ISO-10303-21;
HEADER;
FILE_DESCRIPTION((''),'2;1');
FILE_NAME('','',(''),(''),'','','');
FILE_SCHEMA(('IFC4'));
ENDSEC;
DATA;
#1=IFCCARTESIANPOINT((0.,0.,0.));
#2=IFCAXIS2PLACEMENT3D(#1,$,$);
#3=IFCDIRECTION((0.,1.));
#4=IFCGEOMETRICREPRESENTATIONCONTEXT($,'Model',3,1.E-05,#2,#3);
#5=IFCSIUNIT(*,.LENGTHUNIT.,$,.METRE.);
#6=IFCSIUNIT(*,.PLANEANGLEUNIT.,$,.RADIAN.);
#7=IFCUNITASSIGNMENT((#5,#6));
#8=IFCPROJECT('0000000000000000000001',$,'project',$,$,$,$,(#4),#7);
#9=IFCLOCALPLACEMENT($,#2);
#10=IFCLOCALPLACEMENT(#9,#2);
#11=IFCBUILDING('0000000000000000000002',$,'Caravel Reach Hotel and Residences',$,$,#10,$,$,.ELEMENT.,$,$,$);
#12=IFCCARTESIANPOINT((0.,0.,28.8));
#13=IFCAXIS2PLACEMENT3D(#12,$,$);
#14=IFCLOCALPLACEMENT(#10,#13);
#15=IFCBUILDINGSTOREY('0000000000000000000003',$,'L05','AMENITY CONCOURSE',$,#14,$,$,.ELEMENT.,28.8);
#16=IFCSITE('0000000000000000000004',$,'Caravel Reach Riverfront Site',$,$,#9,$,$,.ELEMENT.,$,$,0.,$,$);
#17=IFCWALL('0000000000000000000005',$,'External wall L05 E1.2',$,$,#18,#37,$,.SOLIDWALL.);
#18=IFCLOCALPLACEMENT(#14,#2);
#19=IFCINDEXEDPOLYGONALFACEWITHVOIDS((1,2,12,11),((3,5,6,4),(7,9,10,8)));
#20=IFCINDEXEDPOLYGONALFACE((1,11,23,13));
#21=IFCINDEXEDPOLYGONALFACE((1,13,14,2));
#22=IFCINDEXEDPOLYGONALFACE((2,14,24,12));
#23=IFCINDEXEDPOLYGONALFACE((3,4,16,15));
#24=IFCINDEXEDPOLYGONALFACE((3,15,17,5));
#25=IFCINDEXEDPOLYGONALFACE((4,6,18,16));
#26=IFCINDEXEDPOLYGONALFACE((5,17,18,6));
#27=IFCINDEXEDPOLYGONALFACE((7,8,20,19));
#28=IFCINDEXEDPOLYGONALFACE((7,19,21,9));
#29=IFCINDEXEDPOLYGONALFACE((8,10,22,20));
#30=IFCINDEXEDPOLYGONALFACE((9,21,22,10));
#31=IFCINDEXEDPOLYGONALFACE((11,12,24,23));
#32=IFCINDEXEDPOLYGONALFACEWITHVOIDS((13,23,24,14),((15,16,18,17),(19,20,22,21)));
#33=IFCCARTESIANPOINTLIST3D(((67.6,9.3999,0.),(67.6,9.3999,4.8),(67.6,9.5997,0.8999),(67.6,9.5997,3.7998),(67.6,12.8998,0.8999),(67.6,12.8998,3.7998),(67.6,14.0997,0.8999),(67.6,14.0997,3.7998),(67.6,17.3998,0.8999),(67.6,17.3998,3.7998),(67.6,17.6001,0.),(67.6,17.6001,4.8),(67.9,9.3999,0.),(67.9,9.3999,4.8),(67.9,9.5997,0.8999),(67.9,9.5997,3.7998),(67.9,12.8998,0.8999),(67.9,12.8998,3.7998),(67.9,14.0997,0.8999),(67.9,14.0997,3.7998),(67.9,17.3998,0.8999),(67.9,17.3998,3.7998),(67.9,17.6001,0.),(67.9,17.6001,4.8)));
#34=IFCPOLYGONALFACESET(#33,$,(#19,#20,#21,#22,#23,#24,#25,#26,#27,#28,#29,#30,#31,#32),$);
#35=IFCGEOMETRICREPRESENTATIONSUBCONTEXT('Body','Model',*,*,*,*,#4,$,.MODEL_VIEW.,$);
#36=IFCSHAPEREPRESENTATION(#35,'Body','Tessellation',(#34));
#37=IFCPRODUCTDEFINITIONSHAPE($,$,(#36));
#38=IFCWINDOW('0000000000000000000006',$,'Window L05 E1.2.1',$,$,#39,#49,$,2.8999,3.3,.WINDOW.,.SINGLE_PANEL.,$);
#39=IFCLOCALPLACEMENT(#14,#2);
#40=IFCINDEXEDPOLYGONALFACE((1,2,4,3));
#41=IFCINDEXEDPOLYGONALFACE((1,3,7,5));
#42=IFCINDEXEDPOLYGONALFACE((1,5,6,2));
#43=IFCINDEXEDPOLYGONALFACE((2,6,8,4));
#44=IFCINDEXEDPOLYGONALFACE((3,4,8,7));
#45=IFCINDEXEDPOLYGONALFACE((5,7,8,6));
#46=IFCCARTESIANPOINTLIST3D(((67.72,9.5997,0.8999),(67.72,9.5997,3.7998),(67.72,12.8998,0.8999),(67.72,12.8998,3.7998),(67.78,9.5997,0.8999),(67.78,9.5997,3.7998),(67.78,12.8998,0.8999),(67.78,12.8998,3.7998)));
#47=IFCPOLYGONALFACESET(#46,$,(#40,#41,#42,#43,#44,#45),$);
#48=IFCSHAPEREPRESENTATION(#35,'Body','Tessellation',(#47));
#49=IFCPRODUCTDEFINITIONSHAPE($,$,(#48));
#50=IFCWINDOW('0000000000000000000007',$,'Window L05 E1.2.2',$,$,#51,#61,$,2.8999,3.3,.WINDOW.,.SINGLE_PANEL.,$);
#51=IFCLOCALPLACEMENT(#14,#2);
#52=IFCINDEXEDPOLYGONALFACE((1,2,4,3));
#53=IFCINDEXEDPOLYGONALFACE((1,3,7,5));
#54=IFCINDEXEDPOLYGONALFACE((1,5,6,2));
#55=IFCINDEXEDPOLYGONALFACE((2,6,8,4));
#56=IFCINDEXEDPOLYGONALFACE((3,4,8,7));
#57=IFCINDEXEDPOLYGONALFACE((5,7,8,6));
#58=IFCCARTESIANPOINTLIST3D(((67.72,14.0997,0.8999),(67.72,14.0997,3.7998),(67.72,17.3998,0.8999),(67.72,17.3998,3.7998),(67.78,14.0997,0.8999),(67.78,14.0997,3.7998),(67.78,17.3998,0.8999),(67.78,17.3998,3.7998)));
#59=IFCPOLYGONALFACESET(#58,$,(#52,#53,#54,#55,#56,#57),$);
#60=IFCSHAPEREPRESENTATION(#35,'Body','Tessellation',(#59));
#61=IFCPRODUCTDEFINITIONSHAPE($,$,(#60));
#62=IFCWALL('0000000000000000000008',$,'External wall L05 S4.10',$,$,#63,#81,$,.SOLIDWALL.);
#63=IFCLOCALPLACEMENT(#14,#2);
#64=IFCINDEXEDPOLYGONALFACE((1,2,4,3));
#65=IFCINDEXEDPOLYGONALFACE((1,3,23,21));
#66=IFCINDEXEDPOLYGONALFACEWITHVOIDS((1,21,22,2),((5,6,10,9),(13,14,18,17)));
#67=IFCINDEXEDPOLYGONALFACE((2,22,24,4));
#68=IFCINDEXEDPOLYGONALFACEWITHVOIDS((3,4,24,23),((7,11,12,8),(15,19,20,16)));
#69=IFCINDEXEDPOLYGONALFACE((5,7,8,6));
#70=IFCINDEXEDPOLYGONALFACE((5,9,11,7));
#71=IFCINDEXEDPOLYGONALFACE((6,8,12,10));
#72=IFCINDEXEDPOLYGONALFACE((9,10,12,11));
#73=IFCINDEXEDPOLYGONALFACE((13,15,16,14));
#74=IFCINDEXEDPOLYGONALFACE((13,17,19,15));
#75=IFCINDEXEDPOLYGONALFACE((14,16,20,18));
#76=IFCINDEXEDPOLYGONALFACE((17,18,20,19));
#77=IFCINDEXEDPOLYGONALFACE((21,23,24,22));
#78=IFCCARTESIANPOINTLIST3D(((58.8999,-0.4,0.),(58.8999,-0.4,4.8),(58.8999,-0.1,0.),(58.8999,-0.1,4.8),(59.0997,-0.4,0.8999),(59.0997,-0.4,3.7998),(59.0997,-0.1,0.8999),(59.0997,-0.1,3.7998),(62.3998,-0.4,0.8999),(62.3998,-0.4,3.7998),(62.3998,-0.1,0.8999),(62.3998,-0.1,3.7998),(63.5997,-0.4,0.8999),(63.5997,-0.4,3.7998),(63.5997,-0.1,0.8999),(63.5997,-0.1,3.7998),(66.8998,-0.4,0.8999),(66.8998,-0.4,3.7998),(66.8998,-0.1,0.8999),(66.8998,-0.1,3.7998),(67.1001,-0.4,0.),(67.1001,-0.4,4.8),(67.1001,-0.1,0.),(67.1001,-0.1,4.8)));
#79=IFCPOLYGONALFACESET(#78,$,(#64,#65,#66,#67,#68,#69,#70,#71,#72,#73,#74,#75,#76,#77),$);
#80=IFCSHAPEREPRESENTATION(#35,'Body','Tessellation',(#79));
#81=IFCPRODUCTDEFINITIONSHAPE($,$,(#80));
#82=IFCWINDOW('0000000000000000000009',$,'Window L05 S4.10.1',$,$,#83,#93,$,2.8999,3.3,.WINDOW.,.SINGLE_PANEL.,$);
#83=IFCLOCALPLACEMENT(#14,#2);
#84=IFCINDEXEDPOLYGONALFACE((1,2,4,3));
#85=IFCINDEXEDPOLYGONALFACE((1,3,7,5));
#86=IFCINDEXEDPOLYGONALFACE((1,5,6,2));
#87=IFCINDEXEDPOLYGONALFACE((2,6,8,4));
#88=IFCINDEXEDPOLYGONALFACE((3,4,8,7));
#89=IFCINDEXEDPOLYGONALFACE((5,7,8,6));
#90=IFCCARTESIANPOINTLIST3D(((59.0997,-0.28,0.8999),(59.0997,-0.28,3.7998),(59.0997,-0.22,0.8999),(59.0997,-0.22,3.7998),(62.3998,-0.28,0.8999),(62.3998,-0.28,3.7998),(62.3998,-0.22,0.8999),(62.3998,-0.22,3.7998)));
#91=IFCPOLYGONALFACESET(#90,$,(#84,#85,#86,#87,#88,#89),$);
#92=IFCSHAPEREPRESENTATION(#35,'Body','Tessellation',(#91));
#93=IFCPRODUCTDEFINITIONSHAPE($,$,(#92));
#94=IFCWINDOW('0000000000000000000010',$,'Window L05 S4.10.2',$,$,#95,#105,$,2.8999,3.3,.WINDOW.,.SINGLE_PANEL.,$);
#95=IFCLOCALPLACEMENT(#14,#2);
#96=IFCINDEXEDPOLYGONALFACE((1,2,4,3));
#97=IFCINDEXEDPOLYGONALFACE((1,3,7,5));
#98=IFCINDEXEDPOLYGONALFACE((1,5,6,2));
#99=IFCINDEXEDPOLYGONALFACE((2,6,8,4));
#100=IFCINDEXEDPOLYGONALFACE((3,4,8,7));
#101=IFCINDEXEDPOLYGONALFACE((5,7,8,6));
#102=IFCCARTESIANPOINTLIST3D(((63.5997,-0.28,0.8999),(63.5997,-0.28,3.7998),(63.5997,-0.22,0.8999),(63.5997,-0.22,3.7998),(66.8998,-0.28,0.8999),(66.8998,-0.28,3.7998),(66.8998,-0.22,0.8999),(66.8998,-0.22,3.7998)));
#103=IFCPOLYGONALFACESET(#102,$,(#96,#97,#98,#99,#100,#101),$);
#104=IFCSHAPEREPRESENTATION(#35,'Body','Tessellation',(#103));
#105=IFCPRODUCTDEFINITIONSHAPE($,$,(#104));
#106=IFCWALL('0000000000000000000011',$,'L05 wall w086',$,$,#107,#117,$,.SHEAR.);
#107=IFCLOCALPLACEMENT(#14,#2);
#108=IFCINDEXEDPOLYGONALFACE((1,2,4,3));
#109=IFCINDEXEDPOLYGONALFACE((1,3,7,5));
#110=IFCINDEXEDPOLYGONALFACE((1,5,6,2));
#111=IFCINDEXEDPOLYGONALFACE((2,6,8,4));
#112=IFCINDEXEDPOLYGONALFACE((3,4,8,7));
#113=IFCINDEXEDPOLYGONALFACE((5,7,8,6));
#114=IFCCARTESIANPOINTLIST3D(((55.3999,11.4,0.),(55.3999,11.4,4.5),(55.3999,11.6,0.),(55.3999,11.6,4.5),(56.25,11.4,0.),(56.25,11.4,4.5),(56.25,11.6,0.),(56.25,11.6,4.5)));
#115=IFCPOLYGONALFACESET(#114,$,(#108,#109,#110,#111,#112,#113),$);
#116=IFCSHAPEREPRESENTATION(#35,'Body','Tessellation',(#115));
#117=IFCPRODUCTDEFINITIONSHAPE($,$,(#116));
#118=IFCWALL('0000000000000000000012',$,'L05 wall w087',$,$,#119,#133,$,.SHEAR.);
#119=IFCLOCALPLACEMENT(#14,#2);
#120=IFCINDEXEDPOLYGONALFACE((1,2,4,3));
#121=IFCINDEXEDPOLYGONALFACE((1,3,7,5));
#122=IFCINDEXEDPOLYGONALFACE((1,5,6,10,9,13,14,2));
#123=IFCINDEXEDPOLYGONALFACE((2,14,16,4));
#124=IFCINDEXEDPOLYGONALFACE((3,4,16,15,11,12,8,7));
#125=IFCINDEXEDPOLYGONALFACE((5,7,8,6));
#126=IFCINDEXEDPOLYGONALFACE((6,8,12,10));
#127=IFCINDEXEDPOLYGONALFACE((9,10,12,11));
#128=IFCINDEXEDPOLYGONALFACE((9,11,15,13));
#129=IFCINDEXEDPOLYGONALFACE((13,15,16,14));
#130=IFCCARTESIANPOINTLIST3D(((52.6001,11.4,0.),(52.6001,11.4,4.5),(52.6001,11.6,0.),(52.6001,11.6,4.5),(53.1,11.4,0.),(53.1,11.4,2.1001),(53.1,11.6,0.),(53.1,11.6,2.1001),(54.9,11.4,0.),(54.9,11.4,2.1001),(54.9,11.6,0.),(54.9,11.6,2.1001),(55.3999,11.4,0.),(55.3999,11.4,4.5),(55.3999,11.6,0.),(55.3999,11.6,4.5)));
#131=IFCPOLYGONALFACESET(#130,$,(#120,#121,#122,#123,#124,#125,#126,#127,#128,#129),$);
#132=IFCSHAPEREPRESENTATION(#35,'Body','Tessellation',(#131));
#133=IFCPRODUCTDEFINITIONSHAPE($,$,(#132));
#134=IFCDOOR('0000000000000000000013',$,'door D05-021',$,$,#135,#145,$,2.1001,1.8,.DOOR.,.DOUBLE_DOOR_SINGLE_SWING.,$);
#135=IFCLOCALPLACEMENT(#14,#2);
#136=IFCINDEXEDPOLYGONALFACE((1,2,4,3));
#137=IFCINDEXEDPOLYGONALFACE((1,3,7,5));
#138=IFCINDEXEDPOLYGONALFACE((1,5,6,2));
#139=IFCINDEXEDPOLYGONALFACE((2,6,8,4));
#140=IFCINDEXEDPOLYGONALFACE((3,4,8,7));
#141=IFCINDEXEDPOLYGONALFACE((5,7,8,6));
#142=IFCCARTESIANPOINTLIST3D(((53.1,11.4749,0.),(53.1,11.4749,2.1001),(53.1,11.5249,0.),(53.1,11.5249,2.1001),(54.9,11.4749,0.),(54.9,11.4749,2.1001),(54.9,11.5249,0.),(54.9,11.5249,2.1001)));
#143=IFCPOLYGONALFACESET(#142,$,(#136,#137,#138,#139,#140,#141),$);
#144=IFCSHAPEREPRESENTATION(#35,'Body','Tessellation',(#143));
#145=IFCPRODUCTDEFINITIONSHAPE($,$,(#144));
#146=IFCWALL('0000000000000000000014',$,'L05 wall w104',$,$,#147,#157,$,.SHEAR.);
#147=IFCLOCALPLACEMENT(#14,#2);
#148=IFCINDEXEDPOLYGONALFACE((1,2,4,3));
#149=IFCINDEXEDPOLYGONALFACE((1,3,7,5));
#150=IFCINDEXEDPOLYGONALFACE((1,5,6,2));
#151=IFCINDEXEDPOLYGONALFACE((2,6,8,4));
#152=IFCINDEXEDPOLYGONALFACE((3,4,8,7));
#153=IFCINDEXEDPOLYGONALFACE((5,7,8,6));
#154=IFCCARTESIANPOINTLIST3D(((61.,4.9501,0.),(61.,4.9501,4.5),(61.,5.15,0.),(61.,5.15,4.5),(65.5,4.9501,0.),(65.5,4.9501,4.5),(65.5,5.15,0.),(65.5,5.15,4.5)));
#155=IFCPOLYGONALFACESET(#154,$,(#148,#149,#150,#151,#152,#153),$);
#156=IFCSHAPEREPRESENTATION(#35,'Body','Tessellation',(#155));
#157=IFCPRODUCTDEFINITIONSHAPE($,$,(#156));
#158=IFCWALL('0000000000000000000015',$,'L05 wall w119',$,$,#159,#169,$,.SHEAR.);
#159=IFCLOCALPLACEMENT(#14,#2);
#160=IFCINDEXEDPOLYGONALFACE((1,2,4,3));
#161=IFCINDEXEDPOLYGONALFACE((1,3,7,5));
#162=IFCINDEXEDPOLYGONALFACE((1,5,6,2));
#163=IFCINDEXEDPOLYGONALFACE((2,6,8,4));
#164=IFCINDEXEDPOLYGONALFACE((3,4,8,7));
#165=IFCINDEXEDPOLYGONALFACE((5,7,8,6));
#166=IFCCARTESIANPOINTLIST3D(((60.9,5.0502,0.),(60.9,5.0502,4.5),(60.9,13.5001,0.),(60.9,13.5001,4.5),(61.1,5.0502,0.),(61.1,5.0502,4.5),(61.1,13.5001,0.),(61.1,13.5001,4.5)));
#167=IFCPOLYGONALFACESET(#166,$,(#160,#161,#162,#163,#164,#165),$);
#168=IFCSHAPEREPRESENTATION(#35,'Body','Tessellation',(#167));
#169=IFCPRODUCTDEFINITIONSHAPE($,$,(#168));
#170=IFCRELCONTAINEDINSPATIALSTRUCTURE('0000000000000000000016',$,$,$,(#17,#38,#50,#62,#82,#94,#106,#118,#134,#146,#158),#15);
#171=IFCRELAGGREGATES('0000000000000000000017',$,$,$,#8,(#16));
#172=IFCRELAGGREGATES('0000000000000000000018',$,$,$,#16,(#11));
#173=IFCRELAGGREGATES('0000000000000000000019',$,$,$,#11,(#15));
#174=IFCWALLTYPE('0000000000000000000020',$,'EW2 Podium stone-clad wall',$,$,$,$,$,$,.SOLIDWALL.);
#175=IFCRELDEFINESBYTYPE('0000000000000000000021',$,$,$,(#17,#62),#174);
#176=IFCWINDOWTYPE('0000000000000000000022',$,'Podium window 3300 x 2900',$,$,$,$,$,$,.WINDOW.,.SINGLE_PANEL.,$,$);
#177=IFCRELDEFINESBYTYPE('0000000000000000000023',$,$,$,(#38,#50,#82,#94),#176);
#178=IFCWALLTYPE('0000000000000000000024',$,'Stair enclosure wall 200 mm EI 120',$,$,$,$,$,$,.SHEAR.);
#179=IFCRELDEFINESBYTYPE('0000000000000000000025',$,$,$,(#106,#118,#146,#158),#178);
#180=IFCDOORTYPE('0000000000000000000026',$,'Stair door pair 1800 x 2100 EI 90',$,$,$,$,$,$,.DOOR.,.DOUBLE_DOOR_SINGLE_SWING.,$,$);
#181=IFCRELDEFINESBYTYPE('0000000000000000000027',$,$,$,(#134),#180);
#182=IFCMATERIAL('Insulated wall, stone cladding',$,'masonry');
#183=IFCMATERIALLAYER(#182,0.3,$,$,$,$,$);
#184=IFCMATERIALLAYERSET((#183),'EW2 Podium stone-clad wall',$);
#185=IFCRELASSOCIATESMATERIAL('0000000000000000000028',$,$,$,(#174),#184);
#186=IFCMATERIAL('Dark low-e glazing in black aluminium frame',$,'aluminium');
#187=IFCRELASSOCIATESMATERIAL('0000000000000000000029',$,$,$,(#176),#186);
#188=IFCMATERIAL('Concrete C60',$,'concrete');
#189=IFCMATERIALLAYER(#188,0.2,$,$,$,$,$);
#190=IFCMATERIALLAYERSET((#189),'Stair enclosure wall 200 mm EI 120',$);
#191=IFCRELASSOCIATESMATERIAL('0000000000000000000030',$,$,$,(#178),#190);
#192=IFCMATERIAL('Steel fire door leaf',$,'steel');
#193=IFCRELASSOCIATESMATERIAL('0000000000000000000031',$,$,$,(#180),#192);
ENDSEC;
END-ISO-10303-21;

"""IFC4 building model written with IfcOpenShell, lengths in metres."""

from ifc_helpers import new_model, si_unit, direction, frame, frame_2d, origin, place, context, subcontext, project, spatial, rectangle, extrude, material, layer, layer_set, type_object, element, fill, save


model = new_model("IFC4")

# Units and contexts
model_context = context("Model", 3, precision=1e-05, world=origin(), true_north=direction((0.0, 1.0)))
body_context = subcontext(model_context, "Body", "Model", "MODEL_VIEW")
ifc_project = project(units=[si_unit("LENGTHUNIT", "METRE"), si_unit("PLANEANGLEUNIT", "RADIAN")], contexts=[model_context])

# Site, building, storey
site_placement = place(None, origin())
site = spatial("IfcSite", under=ifc_project, at=site_placement, Name="Caravel Reach Riverfront Site", CompositionType="ELEMENT", RefElevation=0.0)
building_placement = place(site_placement, origin())
building = spatial("IfcBuilding", under=site, at=building_placement, Name="Caravel Reach Hotel and Residences", CompositionType="ELEMENT")
storey_placement = place(building_placement, frame((0.0, 0.0, 28.8)))
storey = spatial("IfcBuildingStorey", under=building, at=storey_placement, Name="L05", Description="AMENITY CONCOURSE", CompositionType="ELEMENT", Elevation=28.8)

# Walls, openings, windows
ifc_material_1 = material(Name="Insulated wall, stone cladding", Category="masonry")
ifc_layer_1 = layer(ifc_material_1, 0.3)
ifc_layer_set_1 = layer_set([ifc_layer_1], Name="EW2 Podium stone-clad wall")
wall_type_1 = type_object("IfcWallType", Name="EW2 Podium stone-clad wall", PredefinedType="SOLIDWALL", material=ifc_layer_set_1)
ifc_material_2 = material(Name="Dark low-e glazing in black aluminium frame", Category="aluminium")
window_type = type_object("IfcWindowType", Name="Podium window 3300 x 2900", PartitioningType="SINGLE_PANEL", PredefinedType="WINDOW", material=ifc_material_2)
wall_1_placement = place(storey_placement, frame((67.75, 9.3999, 0.0), z_axis=(0.0, 0.0, 1.0), x_axis=(0.0, 1.0, 0.0)))
wall_1 = element("IfcWall", 1, at=wall_1_placement, inside=storey, type_object=wall_type_1, Name="External wall L05 E1.2", PredefinedType="SOLIDWALL", context=body_context, shape_type="SweptSolid", body=[
    extrude(rectangle(XDim=8.2002, YDim=0.3, at=frame_2d((4.1001, 0.0))), origin(), (0.0, 0.0, 1.0), 4.8),
])
opening_1_placement = place(wall_1_placement, frame((0.2, 0.0, 0.8999)))
opening_1 = element("IfcOpeningElement", 2, at=opening_1_placement, cuts=wall_1, PredefinedType="OPENING", context=body_context, shape_type="SweptSolid", body=[
    extrude(rectangle(XDim=3.3, YDim=2.8999, at=frame_2d((1.6499, 1.45))), frame((0.0, 0.1599, 0.0), z_axis=(0.0, -1.0, 0.0), x_axis=(1.0, 0.0, 0.0)), (0.0, 0.0, 1.0), 0.3201),
])
opening_2_placement = place(wall_1_placement, frame((4.7, 0.0, 0.8999)))
opening_2 = element("IfcOpeningElement", 3, at=opening_2_placement, cuts=wall_1, PredefinedType="OPENING", context=body_context, shape_type="SweptSolid", body=[
    extrude(rectangle(XDim=3.3, YDim=2.8999, at=frame_2d((1.6499, 1.45))), frame((0.0, 0.1599, 0.0), z_axis=(0.0, -1.0, 0.0), x_axis=(1.0, 0.0, 0.0)), (0.0, 0.0, 1.0), 0.3201),
])
window_1_placement = place(opening_1_placement, origin())
window_1 = element("IfcWindow", 4, at=window_1_placement, inside=storey, type_object=window_type, Name="Window L05 E1.2.1", OverallHeight=2.8999, OverallWidth=3.3, PartitioningType="SINGLE_PANEL", PredefinedType="WINDOW", context=body_context, shape_type="SweptSolid", body=[
    extrude(rectangle(XDim=3.3, YDim=2.8999, at=frame_2d((1.6499, 1.45))), frame((0.0, 0.03, 0.0), z_axis=(0.0, -1.0, 0.0), x_axis=(1.0, 0.0, 0.0)), (0.0, 0.0, 1.0), 0.0601),
])
fill(opening_1, window_1)
window_2_placement = place(opening_2_placement, origin())
window_2 = element("IfcWindow", 5, at=window_2_placement, inside=storey, type_object=window_type, Name="Window L05 E1.2.2", OverallHeight=2.8999, OverallWidth=3.3, PartitioningType="SINGLE_PANEL", PredefinedType="WINDOW", context=body_context, shape_type="SweptSolid", body=[
    extrude(rectangle(XDim=3.3, YDim=2.8999, at=frame_2d((1.6499, 1.45))), frame((0.0, 0.03, 0.0), z_axis=(0.0, -1.0, 0.0), x_axis=(1.0, 0.0, 0.0)), (0.0, 0.0, 1.0), 0.0601),
])
fill(opening_2, window_2)
wall_2_placement = place(storey_placement, frame((58.8999, -0.25, 0.0), z_axis=(0.0, 0.0, 1.0), x_axis=(1.0, 0.0, 0.0)))
wall_2 = element("IfcWall", 6, at=wall_2_placement, inside=storey, type_object=wall_type_1, Name="External wall L05 S4.10", PredefinedType="SOLIDWALL", context=body_context, shape_type="SweptSolid", body=[
    extrude(rectangle(XDim=8.2002, YDim=0.3, at=frame_2d((4.1001, 0.0))), origin(), (0.0, 0.0, 1.0), 4.8),
])
opening_3_placement = place(wall_2_placement, frame((0.2, 0.0, 0.8999)))
opening_3 = element("IfcOpeningElement", 7, at=opening_3_placement, cuts=wall_2, PredefinedType="OPENING", context=body_context, shape_type="SweptSolid", body=[
    extrude(rectangle(XDim=3.3, YDim=2.8999, at=frame_2d((1.6499, 1.45))), frame((0.0, 0.1599, 0.0), z_axis=(0.0, -1.0, 0.0), x_axis=(1.0, 0.0, 0.0)), (0.0, 0.0, 1.0), 0.3201),
])
opening_4_placement = place(wall_2_placement, frame((4.7, 0.0, 0.8999)))
opening_4 = element("IfcOpeningElement", 8, at=opening_4_placement, cuts=wall_2, PredefinedType="OPENING", context=body_context, shape_type="SweptSolid", body=[
    extrude(rectangle(XDim=3.3, YDim=2.8999, at=frame_2d((1.6499, 1.45))), frame((0.0, 0.1599, 0.0), z_axis=(0.0, -1.0, 0.0), x_axis=(1.0, 0.0, 0.0)), (0.0, 0.0, 1.0), 0.3201),
])
window_3_placement = place(opening_3_placement, origin())
window_3 = element("IfcWindow", 9, at=window_3_placement, inside=storey, type_object=window_type, Name="Window L05 S4.10.1", OverallHeight=2.8999, OverallWidth=3.3, PartitioningType="SINGLE_PANEL", PredefinedType="WINDOW", context=body_context, shape_type="SweptSolid", body=[
    extrude(rectangle(XDim=3.3, YDim=2.8999, at=frame_2d((1.6499, 1.45))), frame((0.0, 0.03, 0.0), z_axis=(0.0, -1.0, 0.0), x_axis=(1.0, 0.0, 0.0)), (0.0, 0.0, 1.0), 0.0601),
])
fill(opening_3, window_3)
window_4_placement = place(opening_4_placement, origin())
window_4 = element("IfcWindow", 10, at=window_4_placement, inside=storey, type_object=window_type, Name="Window L05 S4.10.2", OverallHeight=2.8999, OverallWidth=3.3, PartitioningType="SINGLE_PANEL", PredefinedType="WINDOW", context=body_context, shape_type="SweptSolid", body=[
    extrude(rectangle(XDim=3.3, YDim=2.8999, at=frame_2d((1.6499, 1.45))), frame((0.0, 0.03, 0.0), z_axis=(0.0, -1.0, 0.0), x_axis=(1.0, 0.0, 0.0)), (0.0, 0.0, 1.0), 0.0601),
])
fill(opening_4, window_4)

# Wall
ifc_material_3 = material(Name="Concrete C60", Category="concrete")
ifc_layer_2 = layer(ifc_material_3, 0.2)
ifc_layer_set_2 = layer_set([ifc_layer_2], Name="Stair enclosure wall 200 mm EI 120")
wall_type_2 = type_object("IfcWallType", Name="Stair enclosure wall 200 mm EI 120", PredefinedType="SHEAR", material=ifc_layer_set_2)
wall_3_placement = place(storey_placement, frame((55.3999, 11.5, 0.0), z_axis=(0.0, 0.0, 1.0), x_axis=(1.0, 0.0, 0.0)))
element("IfcWall", 11, at=wall_3_placement, inside=storey, type_object=wall_type_2, Name="L05 wall w086", PredefinedType="SHEAR", context=body_context, shape_type="SweptSolid", body=[
    extrude(rectangle(XDim=0.8501, YDim=0.2, at=frame_2d((0.425, 0.0))), origin(), (0.0, 0.0, 1.0), 4.5),
])

# Wall, opening, door
wall_4_placement = place(storey_placement, frame((52.6001, 11.5, 0.0), z_axis=(0.0, 0.0, 1.0), x_axis=(1.0, 0.0, 0.0)))
wall_4 = element("IfcWall", 12, at=wall_4_placement, inside=storey, type_object=wall_type_2, Name="L05 wall w087", PredefinedType="SHEAR", context=body_context, shape_type="SweptSolid", body=[
    extrude(rectangle(XDim=2.7998, YDim=0.2, at=frame_2d((1.3999, 0.0))), origin(), (0.0, 0.0, 1.0), 4.5),
])
opening_5_placement = place(wall_4_placement, frame((0.5, 0.0, 0.0)))
opening_5 = element("IfcOpeningElement", 13, at=opening_5_placement, cuts=wall_4, PredefinedType="OPENING", context=body_context, shape_type="SweptSolid", body=[
    extrude(rectangle(XDim=1.8, YDim=2.1001, at=frame_2d((0.8999, 1.05))), frame((0.0, 0.1099, 0.0), z_axis=(0.0, -1.0, 0.0), x_axis=(1.0, 0.0, 0.0)), (0.0, 0.0, 1.0), 0.22),
])
ifc_material_4 = material(Name="Steel fire door leaf", Category="steel")
door_type_1 = type_object("IfcDoorType", Name="Stair door pair 1800 x 2100 EI 90", OperationType="DOUBLE_DOOR_SINGLE_SWING", PredefinedType="DOOR", material=ifc_material_4)
door_1_placement = place(opening_5_placement, origin())
door_1 = element("IfcDoor", 14, at=door_1_placement, inside=storey, type_object=door_type_1, Name="door D05-021", OperationType="DOUBLE_DOOR_SINGLE_SWING", OverallHeight=2.1001, OverallWidth=1.8, PredefinedType="DOOR", context=body_context, shape_type="SweptSolid", body=[
    extrude(rectangle(XDim=1.8, YDim=2.1001, at=frame_2d((0.8999, 1.05))), frame((0.0, 0.0249, 0.0), z_axis=(0.0, -1.0, 0.0), x_axis=(1.0, 0.0, 0.0)), (0.0, 0.0, 1.0), 0.05),
])
fill(opening_5, door_1)

# Walls
wall_5_placement = place(storey_placement, frame((61.0, 5.05, 0.0), z_axis=(0.0, 0.0, 1.0), x_axis=(1.0, 0.0, 0.0)))
element("IfcWall", 15, at=wall_5_placement, inside=storey, type_object=wall_type_2, Name="L05 wall w104", PredefinedType="SHEAR", context=body_context, shape_type="SweptSolid", body=[
    extrude(rectangle(XDim=4.5, YDim=0.2, at=frame_2d((2.25, 0.0))), origin(), (0.0, 0.0, 1.0), 4.5),
])
for number, where, z_axis, x_axis, name in (
    (16, (61.0, 5.05, 0.0), (0.0, 0.0, 1.0), (0.0, 1.0, 0.0), "L05 wall w119"),
):
    element("IfcWall", number, at=place(storey_placement, frame(where, z_axis=z_axis, x_axis=x_axis)), inside=storey, type_object=wall_type_2, Name=name, PredefinedType="SHEAR", context=body_context, shape_type="SweptSolid", body=[
        extrude(rectangle(XDim=8.45, YDim=0.2, at=frame_2d((4.2251, 0.0))), origin(), (0.0, 0.0, 1.0), 4.5),
    ])

save(model, "model.ifc")
